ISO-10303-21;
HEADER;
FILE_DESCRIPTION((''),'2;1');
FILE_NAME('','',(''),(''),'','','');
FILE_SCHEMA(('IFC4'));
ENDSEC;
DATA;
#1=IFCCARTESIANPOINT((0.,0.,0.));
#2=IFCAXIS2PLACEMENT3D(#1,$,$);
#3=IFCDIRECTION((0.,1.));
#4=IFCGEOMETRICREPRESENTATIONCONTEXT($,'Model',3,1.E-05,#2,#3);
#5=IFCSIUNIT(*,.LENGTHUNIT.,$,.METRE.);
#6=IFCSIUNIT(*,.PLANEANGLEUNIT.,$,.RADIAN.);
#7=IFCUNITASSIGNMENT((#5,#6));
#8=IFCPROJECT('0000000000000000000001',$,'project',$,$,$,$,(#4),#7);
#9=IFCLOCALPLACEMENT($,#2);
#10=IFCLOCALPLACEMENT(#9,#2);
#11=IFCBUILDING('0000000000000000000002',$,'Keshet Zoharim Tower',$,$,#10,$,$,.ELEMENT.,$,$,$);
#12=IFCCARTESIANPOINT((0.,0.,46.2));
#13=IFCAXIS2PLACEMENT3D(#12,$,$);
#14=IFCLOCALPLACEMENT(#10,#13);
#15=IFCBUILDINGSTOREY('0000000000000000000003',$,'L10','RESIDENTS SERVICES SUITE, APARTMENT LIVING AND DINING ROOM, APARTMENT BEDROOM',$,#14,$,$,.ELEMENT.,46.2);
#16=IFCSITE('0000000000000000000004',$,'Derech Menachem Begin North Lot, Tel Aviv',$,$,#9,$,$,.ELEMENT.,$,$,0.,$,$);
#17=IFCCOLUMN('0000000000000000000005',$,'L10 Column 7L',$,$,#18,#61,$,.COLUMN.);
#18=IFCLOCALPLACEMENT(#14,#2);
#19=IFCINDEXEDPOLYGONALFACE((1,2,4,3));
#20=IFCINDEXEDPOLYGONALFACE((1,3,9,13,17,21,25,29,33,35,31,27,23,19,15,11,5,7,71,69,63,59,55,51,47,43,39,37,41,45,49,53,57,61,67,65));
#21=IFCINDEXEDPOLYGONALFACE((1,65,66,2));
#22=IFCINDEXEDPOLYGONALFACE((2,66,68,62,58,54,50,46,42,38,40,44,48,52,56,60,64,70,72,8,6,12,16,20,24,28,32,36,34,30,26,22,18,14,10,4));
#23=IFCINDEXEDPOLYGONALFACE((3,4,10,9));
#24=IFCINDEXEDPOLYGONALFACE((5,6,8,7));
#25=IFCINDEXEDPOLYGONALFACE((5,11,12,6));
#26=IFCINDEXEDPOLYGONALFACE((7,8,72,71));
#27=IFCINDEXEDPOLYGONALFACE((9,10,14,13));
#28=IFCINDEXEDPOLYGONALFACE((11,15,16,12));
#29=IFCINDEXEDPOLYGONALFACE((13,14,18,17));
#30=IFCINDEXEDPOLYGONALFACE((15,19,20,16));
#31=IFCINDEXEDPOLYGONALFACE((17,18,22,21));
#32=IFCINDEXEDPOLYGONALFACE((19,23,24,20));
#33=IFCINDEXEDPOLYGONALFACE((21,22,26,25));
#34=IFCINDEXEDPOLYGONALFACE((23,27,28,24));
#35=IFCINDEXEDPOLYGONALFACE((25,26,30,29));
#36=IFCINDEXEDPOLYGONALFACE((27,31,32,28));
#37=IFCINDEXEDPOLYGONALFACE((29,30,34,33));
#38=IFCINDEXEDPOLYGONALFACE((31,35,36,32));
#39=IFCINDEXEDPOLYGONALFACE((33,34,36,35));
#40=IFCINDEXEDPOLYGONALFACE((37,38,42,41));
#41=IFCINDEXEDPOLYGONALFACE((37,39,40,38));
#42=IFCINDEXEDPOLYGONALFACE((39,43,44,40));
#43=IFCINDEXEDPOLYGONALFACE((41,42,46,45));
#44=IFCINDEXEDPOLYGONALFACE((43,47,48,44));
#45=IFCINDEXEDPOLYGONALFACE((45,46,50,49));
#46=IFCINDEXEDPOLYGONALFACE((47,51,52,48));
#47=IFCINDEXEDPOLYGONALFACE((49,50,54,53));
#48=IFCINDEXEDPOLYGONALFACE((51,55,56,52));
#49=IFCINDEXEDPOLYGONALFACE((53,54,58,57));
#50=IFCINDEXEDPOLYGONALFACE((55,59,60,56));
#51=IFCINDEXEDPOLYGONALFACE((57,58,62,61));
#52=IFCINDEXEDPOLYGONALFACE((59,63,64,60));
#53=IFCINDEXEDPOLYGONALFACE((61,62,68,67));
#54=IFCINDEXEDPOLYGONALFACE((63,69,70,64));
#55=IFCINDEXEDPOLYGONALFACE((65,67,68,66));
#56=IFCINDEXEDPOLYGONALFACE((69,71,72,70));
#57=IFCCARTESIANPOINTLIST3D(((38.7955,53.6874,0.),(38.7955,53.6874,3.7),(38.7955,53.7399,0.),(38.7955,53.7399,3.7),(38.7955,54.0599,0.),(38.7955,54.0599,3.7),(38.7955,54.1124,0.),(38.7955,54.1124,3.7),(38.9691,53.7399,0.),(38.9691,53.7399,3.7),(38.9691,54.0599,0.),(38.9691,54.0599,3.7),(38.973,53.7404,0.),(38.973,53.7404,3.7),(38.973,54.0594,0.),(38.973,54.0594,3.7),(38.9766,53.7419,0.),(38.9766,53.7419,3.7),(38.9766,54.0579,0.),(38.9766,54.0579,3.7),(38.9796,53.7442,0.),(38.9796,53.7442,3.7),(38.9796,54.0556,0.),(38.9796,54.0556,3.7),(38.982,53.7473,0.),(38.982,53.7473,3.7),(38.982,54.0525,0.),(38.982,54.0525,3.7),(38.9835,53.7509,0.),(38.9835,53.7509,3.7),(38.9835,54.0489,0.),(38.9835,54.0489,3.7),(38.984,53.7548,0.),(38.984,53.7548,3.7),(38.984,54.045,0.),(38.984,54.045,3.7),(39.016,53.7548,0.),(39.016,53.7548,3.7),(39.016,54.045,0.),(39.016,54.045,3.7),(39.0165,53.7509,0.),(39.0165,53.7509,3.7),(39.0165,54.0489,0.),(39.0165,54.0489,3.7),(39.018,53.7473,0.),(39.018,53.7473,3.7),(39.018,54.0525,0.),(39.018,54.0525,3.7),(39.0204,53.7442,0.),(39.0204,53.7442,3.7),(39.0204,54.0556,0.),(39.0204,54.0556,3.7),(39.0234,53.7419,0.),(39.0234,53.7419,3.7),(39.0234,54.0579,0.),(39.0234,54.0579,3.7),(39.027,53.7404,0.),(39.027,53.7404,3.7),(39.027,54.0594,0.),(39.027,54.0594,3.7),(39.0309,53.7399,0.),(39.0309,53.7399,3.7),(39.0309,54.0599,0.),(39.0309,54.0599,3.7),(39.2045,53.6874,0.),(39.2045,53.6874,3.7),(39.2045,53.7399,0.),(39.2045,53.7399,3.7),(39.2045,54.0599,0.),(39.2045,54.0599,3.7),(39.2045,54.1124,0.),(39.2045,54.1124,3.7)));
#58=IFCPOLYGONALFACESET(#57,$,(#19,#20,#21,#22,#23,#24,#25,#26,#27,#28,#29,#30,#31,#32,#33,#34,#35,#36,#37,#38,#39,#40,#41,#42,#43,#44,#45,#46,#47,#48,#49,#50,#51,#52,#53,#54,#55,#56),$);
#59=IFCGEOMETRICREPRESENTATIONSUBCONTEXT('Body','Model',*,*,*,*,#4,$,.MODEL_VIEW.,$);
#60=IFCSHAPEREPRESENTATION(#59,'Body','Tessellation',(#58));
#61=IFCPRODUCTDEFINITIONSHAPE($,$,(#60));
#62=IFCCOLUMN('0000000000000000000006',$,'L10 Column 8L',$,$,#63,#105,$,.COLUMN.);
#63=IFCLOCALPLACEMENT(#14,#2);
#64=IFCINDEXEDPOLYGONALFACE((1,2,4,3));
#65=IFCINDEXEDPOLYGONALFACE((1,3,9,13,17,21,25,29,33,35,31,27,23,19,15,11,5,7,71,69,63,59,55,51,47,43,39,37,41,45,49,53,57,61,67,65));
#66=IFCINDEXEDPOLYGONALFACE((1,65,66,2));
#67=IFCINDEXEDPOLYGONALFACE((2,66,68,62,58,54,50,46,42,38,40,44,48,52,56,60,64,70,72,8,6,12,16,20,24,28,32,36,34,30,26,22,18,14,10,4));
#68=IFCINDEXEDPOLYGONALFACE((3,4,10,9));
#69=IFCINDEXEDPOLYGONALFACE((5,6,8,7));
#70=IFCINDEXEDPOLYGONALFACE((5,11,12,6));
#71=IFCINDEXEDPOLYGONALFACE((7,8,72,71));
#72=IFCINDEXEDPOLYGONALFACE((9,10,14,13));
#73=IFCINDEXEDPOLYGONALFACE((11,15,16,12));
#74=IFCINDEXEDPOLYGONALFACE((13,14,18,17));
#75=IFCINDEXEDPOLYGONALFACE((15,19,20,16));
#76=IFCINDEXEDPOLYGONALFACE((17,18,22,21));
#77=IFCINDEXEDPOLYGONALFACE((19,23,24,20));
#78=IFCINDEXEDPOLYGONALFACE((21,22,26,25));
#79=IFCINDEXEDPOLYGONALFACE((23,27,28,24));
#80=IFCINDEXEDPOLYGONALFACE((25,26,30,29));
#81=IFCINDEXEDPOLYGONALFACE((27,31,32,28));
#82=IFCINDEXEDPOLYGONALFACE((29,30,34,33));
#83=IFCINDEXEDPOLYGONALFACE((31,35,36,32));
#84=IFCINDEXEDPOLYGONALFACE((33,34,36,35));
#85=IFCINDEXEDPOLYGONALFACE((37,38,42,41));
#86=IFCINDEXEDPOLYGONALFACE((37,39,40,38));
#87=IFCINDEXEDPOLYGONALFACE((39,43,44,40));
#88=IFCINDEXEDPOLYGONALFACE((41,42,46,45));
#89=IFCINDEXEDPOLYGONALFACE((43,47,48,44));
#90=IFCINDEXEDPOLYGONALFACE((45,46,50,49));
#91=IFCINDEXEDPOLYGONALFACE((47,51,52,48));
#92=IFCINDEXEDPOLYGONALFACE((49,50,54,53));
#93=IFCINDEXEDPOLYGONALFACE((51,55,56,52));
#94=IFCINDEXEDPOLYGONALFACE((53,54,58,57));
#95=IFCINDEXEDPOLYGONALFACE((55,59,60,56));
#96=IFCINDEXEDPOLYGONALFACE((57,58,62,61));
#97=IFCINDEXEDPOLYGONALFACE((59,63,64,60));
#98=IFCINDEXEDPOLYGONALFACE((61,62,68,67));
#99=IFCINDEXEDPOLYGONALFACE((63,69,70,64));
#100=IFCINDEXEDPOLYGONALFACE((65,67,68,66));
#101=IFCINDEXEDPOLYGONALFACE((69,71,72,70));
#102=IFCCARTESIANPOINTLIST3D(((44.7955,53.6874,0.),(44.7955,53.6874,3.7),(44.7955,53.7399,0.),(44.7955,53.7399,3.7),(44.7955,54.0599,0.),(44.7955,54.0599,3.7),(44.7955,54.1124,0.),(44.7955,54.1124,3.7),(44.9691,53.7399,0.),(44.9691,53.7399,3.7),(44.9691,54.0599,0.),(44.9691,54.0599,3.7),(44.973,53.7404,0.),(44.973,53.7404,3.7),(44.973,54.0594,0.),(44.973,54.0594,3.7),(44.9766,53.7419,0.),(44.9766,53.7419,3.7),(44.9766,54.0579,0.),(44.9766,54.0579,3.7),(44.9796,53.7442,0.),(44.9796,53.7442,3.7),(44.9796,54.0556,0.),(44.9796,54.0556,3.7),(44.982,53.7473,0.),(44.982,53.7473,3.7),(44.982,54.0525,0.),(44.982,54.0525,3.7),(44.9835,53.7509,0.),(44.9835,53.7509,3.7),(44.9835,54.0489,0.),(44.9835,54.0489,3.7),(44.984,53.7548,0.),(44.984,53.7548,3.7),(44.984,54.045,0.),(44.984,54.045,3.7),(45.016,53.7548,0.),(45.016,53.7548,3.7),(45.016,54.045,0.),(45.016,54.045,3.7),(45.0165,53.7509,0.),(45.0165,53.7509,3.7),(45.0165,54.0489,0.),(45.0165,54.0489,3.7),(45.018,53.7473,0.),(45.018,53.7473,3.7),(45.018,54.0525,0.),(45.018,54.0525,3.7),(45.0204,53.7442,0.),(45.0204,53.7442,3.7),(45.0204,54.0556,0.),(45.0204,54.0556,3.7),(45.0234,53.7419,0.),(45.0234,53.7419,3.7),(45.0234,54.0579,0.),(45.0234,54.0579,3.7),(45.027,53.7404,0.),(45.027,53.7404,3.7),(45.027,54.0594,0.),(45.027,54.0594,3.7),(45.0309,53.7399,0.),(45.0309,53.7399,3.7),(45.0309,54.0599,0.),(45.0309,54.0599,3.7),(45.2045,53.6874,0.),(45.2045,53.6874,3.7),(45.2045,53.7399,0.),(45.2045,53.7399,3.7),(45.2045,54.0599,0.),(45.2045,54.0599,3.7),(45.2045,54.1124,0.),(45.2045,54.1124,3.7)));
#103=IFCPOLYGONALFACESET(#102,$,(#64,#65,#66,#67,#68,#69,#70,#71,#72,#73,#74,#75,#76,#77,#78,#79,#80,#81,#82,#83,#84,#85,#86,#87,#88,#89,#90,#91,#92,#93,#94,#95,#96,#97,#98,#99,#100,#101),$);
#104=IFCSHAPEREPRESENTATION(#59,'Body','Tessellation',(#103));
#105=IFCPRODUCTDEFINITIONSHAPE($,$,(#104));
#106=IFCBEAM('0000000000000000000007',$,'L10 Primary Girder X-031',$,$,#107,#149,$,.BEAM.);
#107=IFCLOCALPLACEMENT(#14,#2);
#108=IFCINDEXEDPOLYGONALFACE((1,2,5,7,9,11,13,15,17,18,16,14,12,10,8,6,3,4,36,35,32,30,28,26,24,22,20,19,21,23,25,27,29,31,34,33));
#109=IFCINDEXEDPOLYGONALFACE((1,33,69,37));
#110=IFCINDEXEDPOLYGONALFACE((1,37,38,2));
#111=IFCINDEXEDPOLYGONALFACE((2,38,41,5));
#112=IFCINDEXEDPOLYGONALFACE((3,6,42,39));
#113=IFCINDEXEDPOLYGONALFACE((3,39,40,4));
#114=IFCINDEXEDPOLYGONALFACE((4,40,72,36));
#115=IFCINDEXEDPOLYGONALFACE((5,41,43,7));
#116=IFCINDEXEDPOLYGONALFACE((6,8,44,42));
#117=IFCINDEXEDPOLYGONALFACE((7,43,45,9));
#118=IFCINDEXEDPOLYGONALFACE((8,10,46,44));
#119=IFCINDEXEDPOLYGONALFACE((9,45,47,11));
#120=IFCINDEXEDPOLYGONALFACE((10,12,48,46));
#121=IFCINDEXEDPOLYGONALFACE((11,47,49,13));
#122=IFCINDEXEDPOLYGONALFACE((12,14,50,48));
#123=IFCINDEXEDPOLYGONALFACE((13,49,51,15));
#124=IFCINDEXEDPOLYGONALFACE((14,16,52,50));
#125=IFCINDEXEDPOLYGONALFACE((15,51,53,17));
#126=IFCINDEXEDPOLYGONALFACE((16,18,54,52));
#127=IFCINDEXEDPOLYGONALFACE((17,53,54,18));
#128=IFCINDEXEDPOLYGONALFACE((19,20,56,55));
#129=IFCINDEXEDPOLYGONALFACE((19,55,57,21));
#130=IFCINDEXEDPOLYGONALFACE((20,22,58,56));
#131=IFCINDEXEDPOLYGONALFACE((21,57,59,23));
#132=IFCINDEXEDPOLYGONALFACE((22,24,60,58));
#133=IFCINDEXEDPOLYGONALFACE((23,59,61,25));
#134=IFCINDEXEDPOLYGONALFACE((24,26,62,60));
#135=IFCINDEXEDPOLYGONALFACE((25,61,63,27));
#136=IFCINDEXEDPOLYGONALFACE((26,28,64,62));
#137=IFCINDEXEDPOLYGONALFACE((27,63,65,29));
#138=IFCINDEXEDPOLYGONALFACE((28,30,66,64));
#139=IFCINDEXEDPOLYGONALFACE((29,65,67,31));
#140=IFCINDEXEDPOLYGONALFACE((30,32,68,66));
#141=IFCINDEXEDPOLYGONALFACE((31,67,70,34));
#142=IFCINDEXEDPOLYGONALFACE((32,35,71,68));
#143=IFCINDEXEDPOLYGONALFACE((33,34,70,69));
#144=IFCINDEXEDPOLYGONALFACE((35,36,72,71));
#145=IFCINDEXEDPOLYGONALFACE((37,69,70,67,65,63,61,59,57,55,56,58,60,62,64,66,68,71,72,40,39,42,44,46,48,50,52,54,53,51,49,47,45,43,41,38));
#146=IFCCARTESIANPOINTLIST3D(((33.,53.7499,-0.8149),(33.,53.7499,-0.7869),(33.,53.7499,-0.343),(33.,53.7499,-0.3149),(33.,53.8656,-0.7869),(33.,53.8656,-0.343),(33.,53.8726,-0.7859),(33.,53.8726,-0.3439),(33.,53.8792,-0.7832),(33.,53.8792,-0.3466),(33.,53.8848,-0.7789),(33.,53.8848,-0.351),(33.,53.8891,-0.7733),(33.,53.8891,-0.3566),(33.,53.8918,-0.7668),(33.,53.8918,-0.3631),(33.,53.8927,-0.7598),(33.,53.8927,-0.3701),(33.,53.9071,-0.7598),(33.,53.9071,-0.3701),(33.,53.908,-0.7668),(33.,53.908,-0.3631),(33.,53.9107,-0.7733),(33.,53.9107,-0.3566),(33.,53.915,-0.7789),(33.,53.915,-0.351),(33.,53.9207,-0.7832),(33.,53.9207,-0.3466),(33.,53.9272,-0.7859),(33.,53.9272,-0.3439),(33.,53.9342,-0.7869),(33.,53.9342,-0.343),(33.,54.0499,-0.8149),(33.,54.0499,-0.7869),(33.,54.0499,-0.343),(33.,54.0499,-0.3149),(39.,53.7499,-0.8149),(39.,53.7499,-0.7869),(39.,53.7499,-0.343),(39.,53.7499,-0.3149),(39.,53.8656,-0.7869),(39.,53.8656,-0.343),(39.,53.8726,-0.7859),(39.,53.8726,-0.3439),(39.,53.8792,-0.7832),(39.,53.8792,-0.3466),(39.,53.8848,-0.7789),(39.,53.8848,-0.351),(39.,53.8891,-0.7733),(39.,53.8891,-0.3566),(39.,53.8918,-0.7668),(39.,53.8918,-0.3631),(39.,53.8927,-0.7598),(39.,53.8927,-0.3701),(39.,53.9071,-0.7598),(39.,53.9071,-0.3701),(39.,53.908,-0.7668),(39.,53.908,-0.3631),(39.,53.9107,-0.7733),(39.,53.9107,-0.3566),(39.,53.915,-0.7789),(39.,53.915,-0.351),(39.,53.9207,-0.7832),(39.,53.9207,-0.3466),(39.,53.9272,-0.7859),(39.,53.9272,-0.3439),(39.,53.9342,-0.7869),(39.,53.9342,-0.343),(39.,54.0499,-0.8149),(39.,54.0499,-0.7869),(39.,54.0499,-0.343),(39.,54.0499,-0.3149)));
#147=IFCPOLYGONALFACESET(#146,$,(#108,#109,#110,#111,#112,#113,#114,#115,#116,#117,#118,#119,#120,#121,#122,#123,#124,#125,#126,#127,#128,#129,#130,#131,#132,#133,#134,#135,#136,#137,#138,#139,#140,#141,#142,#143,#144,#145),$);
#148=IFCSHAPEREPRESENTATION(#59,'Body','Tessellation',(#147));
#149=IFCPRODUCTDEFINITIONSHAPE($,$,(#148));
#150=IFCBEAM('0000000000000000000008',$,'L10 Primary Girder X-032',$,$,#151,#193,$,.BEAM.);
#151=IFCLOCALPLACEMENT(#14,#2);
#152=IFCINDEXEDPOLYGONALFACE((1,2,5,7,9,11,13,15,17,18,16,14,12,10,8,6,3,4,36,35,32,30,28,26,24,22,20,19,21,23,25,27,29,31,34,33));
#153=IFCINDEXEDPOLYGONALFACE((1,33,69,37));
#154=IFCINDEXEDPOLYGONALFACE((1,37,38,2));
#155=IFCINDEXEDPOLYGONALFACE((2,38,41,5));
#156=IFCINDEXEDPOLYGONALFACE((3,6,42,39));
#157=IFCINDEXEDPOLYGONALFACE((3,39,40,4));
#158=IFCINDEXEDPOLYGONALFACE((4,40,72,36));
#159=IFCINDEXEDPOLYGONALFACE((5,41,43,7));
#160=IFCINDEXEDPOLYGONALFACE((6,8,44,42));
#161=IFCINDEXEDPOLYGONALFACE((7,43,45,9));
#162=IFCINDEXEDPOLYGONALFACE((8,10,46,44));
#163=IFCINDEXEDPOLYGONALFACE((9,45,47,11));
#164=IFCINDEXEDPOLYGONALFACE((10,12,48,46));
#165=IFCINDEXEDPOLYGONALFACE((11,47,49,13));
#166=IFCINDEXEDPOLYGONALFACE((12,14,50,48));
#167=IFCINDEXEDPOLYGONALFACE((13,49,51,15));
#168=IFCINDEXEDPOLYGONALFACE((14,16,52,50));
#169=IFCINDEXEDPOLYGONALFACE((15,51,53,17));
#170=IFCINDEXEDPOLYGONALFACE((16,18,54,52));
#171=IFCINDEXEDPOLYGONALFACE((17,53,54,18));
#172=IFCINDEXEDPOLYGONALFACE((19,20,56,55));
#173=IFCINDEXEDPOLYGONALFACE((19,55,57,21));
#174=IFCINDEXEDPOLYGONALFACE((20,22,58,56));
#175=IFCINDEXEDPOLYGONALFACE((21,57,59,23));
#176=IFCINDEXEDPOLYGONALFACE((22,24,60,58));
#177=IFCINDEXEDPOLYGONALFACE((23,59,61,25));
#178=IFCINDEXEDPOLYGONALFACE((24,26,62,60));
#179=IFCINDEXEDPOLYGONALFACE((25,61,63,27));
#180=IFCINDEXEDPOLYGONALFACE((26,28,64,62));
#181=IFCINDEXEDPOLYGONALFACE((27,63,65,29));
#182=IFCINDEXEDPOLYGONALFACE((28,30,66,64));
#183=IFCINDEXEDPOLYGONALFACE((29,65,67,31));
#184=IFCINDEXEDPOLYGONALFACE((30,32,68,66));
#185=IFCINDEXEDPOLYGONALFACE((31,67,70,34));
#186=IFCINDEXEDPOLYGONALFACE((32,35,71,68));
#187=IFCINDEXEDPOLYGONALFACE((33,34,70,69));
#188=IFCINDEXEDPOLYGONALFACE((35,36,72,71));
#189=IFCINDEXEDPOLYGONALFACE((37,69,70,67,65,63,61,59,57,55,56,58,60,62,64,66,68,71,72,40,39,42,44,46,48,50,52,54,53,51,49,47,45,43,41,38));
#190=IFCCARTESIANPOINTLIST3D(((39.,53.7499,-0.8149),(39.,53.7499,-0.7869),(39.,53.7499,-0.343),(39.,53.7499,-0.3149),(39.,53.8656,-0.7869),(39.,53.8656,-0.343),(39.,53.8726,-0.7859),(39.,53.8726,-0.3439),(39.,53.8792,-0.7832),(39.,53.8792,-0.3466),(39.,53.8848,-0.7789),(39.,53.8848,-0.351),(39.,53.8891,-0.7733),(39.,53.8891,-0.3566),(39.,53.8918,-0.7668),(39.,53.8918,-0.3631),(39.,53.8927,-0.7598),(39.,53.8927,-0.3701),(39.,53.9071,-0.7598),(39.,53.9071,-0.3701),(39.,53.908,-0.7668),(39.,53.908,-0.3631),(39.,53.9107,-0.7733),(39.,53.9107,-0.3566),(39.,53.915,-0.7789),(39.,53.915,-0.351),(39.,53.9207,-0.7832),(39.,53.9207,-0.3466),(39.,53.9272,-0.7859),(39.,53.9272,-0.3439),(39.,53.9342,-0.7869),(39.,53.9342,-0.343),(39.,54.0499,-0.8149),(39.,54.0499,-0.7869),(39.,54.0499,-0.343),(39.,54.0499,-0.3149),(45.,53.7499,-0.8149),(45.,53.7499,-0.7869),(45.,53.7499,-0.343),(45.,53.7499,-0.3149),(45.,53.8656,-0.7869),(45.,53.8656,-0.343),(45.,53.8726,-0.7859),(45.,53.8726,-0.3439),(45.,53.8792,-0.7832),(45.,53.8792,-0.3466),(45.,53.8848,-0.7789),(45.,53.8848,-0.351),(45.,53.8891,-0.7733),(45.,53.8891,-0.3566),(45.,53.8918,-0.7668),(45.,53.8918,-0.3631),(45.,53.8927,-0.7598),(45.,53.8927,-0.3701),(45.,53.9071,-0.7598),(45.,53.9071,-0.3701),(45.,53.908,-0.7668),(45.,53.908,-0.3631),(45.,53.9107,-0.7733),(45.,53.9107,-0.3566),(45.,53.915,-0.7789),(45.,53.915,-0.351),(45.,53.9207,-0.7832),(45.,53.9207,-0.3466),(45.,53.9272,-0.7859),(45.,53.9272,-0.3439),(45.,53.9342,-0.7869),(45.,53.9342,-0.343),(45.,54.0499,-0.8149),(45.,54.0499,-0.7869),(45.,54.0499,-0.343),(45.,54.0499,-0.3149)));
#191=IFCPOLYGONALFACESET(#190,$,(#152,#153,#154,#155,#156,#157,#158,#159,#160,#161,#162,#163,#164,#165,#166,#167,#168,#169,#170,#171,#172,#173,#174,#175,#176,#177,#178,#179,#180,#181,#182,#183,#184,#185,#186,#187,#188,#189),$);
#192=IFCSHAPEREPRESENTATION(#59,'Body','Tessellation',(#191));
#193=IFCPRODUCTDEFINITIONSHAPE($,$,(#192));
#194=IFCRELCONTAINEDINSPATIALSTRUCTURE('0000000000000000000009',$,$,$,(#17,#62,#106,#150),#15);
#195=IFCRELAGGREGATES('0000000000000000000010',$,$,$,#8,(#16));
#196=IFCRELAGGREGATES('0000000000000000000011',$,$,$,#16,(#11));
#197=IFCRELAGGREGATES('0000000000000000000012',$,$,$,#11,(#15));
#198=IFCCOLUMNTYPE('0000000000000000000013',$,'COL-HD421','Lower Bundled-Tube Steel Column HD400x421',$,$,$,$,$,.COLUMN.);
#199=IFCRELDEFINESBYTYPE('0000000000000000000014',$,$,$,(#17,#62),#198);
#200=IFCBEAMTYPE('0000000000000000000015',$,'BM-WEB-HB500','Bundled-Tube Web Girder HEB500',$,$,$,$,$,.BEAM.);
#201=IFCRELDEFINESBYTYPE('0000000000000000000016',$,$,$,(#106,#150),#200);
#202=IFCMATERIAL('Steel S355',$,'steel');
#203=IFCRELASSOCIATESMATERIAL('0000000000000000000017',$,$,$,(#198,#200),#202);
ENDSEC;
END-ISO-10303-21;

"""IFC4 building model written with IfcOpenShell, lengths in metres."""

from ifc_helpers import new_model, si_unit, direction, frame, origin, origin_2d, place, context, subcontext, project, spatial, i_section, extrude, material, material_profile, profile_set, type_object, element, save


model = new_model("IFC4")

# Units and contexts
model_context = context("Model", 3, precision=1e-05, world=origin(), true_north=direction((0.0, 1.0)))
body_context = subcontext(model_context, "Body", "Model", "MODEL_VIEW")
ifc_project = project(units=[si_unit("LENGTHUNIT", "METRE"), si_unit("PLANEANGLEUNIT", "RADIAN")], contexts=[model_context])

# Site, building, storey
site_placement = place(None, origin())
site = spatial("IfcSite", under=ifc_project, at=site_placement, Name="Derech Menachem Begin North Lot, Tel Aviv", CompositionType="ELEMENT", RefElevation=0.0)
building_placement = place(site_placement, origin())
building = spatial("IfcBuilding", under=site, at=building_placement, Name="Keshet Zoharim Tower", CompositionType="ELEMENT")
storey_placement = place(building_placement, frame((0.0, 0.0, 46.2)))
storey = spatial("IfcBuildingStorey", under=building, at=storey_placement, Name="L10", Description="RESIDENTS SERVICES SUITE, APARTMENT LIVING AND DINING ROOM, APARTMENT BEDROOM", CompositionType="ELEMENT", Elevation=46.2)

# Columns
ifc_material_1 = material(Name="Steel S355", Category="steel")
ifc_material_profile_1 = material_profile(ifc_material_1, i_section(OverallWidth=0.4089, OverallDepth=0.425, WebThickness=0.032, FlangeThickness=0.0525, FilletRadius=0.0149, at=origin_2d()), Name="HD400x421")
ifc_profile_set_1 = profile_set([ifc_material_profile_1], Name="Steel S355")
column_type = type_object("IfcColumnType", Name="COL-HD421", Description="Lower Bundled-Tube Steel Column HD400x421", PredefinedType="COLUMN", material=ifc_profile_set_1)
for number, where, z_axis, x_axis, name in (
    (1, (39.0, 53.8999, 0.0), (0.0, 0.0, 1.0), (1.0, 0.0, 0.0), "L10 Column 7L"),
    (2, (45.0, 53.8999, 0.0), (0.0, 0.0, 1.0), (1.0, 0.0, 0.0), "L10 Column 8L"),
):
    element("IfcColumn", number, at=place(storey_placement, frame(where, z_axis=z_axis, x_axis=x_axis)), inside=storey, type_object=column_type, Name=name, PredefinedType="COLUMN", context=body_context, shape_type="SweptSolid", body=[
        extrude(i_section(OverallWidth=0.4089, OverallDepth=0.425, WebThickness=0.032, FlangeThickness=0.0525, FilletRadius=0.0149, at=origin_2d()), origin(), (0.0, 0.0, 1.0), 3.7),
    ])

# Beams
ifc_material_profile_2 = material_profile(ifc_material_1, i_section(OverallWidth=0.3, OverallDepth=0.5, WebThickness=0.0144, FlangeThickness=0.0281, FilletRadius=0.0271, at=origin_2d()), Name="HEB500")
ifc_profile_set_2 = profile_set([ifc_material_profile_2], Name="Steel S355")
beam_type = type_object("IfcBeamType", Name="BM-WEB-HB500", Description="Bundled-Tube Web Girder HEB500", PredefinedType="BEAM", material=ifc_profile_set_2)
for number, where, z_axis, x_axis, name in (
    (3, (33.0, 53.8999, -0.5649), (1.0, 0.0, 0.0), (0.0, 1.0, 0.0), "L10 Primary Girder X-031"),
    (4, (39.0, 53.8999, -0.5649), (1.0, 0.0, 0.0), (0.0, 1.0, 0.0), "L10 Primary Girder X-032"),
):
    element("IfcBeam", number, at=place(storey_placement, frame(where, z_axis=z_axis, x_axis=x_axis)), inside=storey, type_object=beam_type, Name=name, PredefinedType="BEAM", context=body_context, shape_type="SweptSolid", body=[
        extrude(i_section(OverallWidth=0.3, OverallDepth=0.5, WebThickness=0.0144, FlangeThickness=0.0281, FilletRadius=0.0271, at=origin_2d()), origin(), (0.0, 0.0, 1.0), 6.0),
    ])

save(model, "model.ifc")
